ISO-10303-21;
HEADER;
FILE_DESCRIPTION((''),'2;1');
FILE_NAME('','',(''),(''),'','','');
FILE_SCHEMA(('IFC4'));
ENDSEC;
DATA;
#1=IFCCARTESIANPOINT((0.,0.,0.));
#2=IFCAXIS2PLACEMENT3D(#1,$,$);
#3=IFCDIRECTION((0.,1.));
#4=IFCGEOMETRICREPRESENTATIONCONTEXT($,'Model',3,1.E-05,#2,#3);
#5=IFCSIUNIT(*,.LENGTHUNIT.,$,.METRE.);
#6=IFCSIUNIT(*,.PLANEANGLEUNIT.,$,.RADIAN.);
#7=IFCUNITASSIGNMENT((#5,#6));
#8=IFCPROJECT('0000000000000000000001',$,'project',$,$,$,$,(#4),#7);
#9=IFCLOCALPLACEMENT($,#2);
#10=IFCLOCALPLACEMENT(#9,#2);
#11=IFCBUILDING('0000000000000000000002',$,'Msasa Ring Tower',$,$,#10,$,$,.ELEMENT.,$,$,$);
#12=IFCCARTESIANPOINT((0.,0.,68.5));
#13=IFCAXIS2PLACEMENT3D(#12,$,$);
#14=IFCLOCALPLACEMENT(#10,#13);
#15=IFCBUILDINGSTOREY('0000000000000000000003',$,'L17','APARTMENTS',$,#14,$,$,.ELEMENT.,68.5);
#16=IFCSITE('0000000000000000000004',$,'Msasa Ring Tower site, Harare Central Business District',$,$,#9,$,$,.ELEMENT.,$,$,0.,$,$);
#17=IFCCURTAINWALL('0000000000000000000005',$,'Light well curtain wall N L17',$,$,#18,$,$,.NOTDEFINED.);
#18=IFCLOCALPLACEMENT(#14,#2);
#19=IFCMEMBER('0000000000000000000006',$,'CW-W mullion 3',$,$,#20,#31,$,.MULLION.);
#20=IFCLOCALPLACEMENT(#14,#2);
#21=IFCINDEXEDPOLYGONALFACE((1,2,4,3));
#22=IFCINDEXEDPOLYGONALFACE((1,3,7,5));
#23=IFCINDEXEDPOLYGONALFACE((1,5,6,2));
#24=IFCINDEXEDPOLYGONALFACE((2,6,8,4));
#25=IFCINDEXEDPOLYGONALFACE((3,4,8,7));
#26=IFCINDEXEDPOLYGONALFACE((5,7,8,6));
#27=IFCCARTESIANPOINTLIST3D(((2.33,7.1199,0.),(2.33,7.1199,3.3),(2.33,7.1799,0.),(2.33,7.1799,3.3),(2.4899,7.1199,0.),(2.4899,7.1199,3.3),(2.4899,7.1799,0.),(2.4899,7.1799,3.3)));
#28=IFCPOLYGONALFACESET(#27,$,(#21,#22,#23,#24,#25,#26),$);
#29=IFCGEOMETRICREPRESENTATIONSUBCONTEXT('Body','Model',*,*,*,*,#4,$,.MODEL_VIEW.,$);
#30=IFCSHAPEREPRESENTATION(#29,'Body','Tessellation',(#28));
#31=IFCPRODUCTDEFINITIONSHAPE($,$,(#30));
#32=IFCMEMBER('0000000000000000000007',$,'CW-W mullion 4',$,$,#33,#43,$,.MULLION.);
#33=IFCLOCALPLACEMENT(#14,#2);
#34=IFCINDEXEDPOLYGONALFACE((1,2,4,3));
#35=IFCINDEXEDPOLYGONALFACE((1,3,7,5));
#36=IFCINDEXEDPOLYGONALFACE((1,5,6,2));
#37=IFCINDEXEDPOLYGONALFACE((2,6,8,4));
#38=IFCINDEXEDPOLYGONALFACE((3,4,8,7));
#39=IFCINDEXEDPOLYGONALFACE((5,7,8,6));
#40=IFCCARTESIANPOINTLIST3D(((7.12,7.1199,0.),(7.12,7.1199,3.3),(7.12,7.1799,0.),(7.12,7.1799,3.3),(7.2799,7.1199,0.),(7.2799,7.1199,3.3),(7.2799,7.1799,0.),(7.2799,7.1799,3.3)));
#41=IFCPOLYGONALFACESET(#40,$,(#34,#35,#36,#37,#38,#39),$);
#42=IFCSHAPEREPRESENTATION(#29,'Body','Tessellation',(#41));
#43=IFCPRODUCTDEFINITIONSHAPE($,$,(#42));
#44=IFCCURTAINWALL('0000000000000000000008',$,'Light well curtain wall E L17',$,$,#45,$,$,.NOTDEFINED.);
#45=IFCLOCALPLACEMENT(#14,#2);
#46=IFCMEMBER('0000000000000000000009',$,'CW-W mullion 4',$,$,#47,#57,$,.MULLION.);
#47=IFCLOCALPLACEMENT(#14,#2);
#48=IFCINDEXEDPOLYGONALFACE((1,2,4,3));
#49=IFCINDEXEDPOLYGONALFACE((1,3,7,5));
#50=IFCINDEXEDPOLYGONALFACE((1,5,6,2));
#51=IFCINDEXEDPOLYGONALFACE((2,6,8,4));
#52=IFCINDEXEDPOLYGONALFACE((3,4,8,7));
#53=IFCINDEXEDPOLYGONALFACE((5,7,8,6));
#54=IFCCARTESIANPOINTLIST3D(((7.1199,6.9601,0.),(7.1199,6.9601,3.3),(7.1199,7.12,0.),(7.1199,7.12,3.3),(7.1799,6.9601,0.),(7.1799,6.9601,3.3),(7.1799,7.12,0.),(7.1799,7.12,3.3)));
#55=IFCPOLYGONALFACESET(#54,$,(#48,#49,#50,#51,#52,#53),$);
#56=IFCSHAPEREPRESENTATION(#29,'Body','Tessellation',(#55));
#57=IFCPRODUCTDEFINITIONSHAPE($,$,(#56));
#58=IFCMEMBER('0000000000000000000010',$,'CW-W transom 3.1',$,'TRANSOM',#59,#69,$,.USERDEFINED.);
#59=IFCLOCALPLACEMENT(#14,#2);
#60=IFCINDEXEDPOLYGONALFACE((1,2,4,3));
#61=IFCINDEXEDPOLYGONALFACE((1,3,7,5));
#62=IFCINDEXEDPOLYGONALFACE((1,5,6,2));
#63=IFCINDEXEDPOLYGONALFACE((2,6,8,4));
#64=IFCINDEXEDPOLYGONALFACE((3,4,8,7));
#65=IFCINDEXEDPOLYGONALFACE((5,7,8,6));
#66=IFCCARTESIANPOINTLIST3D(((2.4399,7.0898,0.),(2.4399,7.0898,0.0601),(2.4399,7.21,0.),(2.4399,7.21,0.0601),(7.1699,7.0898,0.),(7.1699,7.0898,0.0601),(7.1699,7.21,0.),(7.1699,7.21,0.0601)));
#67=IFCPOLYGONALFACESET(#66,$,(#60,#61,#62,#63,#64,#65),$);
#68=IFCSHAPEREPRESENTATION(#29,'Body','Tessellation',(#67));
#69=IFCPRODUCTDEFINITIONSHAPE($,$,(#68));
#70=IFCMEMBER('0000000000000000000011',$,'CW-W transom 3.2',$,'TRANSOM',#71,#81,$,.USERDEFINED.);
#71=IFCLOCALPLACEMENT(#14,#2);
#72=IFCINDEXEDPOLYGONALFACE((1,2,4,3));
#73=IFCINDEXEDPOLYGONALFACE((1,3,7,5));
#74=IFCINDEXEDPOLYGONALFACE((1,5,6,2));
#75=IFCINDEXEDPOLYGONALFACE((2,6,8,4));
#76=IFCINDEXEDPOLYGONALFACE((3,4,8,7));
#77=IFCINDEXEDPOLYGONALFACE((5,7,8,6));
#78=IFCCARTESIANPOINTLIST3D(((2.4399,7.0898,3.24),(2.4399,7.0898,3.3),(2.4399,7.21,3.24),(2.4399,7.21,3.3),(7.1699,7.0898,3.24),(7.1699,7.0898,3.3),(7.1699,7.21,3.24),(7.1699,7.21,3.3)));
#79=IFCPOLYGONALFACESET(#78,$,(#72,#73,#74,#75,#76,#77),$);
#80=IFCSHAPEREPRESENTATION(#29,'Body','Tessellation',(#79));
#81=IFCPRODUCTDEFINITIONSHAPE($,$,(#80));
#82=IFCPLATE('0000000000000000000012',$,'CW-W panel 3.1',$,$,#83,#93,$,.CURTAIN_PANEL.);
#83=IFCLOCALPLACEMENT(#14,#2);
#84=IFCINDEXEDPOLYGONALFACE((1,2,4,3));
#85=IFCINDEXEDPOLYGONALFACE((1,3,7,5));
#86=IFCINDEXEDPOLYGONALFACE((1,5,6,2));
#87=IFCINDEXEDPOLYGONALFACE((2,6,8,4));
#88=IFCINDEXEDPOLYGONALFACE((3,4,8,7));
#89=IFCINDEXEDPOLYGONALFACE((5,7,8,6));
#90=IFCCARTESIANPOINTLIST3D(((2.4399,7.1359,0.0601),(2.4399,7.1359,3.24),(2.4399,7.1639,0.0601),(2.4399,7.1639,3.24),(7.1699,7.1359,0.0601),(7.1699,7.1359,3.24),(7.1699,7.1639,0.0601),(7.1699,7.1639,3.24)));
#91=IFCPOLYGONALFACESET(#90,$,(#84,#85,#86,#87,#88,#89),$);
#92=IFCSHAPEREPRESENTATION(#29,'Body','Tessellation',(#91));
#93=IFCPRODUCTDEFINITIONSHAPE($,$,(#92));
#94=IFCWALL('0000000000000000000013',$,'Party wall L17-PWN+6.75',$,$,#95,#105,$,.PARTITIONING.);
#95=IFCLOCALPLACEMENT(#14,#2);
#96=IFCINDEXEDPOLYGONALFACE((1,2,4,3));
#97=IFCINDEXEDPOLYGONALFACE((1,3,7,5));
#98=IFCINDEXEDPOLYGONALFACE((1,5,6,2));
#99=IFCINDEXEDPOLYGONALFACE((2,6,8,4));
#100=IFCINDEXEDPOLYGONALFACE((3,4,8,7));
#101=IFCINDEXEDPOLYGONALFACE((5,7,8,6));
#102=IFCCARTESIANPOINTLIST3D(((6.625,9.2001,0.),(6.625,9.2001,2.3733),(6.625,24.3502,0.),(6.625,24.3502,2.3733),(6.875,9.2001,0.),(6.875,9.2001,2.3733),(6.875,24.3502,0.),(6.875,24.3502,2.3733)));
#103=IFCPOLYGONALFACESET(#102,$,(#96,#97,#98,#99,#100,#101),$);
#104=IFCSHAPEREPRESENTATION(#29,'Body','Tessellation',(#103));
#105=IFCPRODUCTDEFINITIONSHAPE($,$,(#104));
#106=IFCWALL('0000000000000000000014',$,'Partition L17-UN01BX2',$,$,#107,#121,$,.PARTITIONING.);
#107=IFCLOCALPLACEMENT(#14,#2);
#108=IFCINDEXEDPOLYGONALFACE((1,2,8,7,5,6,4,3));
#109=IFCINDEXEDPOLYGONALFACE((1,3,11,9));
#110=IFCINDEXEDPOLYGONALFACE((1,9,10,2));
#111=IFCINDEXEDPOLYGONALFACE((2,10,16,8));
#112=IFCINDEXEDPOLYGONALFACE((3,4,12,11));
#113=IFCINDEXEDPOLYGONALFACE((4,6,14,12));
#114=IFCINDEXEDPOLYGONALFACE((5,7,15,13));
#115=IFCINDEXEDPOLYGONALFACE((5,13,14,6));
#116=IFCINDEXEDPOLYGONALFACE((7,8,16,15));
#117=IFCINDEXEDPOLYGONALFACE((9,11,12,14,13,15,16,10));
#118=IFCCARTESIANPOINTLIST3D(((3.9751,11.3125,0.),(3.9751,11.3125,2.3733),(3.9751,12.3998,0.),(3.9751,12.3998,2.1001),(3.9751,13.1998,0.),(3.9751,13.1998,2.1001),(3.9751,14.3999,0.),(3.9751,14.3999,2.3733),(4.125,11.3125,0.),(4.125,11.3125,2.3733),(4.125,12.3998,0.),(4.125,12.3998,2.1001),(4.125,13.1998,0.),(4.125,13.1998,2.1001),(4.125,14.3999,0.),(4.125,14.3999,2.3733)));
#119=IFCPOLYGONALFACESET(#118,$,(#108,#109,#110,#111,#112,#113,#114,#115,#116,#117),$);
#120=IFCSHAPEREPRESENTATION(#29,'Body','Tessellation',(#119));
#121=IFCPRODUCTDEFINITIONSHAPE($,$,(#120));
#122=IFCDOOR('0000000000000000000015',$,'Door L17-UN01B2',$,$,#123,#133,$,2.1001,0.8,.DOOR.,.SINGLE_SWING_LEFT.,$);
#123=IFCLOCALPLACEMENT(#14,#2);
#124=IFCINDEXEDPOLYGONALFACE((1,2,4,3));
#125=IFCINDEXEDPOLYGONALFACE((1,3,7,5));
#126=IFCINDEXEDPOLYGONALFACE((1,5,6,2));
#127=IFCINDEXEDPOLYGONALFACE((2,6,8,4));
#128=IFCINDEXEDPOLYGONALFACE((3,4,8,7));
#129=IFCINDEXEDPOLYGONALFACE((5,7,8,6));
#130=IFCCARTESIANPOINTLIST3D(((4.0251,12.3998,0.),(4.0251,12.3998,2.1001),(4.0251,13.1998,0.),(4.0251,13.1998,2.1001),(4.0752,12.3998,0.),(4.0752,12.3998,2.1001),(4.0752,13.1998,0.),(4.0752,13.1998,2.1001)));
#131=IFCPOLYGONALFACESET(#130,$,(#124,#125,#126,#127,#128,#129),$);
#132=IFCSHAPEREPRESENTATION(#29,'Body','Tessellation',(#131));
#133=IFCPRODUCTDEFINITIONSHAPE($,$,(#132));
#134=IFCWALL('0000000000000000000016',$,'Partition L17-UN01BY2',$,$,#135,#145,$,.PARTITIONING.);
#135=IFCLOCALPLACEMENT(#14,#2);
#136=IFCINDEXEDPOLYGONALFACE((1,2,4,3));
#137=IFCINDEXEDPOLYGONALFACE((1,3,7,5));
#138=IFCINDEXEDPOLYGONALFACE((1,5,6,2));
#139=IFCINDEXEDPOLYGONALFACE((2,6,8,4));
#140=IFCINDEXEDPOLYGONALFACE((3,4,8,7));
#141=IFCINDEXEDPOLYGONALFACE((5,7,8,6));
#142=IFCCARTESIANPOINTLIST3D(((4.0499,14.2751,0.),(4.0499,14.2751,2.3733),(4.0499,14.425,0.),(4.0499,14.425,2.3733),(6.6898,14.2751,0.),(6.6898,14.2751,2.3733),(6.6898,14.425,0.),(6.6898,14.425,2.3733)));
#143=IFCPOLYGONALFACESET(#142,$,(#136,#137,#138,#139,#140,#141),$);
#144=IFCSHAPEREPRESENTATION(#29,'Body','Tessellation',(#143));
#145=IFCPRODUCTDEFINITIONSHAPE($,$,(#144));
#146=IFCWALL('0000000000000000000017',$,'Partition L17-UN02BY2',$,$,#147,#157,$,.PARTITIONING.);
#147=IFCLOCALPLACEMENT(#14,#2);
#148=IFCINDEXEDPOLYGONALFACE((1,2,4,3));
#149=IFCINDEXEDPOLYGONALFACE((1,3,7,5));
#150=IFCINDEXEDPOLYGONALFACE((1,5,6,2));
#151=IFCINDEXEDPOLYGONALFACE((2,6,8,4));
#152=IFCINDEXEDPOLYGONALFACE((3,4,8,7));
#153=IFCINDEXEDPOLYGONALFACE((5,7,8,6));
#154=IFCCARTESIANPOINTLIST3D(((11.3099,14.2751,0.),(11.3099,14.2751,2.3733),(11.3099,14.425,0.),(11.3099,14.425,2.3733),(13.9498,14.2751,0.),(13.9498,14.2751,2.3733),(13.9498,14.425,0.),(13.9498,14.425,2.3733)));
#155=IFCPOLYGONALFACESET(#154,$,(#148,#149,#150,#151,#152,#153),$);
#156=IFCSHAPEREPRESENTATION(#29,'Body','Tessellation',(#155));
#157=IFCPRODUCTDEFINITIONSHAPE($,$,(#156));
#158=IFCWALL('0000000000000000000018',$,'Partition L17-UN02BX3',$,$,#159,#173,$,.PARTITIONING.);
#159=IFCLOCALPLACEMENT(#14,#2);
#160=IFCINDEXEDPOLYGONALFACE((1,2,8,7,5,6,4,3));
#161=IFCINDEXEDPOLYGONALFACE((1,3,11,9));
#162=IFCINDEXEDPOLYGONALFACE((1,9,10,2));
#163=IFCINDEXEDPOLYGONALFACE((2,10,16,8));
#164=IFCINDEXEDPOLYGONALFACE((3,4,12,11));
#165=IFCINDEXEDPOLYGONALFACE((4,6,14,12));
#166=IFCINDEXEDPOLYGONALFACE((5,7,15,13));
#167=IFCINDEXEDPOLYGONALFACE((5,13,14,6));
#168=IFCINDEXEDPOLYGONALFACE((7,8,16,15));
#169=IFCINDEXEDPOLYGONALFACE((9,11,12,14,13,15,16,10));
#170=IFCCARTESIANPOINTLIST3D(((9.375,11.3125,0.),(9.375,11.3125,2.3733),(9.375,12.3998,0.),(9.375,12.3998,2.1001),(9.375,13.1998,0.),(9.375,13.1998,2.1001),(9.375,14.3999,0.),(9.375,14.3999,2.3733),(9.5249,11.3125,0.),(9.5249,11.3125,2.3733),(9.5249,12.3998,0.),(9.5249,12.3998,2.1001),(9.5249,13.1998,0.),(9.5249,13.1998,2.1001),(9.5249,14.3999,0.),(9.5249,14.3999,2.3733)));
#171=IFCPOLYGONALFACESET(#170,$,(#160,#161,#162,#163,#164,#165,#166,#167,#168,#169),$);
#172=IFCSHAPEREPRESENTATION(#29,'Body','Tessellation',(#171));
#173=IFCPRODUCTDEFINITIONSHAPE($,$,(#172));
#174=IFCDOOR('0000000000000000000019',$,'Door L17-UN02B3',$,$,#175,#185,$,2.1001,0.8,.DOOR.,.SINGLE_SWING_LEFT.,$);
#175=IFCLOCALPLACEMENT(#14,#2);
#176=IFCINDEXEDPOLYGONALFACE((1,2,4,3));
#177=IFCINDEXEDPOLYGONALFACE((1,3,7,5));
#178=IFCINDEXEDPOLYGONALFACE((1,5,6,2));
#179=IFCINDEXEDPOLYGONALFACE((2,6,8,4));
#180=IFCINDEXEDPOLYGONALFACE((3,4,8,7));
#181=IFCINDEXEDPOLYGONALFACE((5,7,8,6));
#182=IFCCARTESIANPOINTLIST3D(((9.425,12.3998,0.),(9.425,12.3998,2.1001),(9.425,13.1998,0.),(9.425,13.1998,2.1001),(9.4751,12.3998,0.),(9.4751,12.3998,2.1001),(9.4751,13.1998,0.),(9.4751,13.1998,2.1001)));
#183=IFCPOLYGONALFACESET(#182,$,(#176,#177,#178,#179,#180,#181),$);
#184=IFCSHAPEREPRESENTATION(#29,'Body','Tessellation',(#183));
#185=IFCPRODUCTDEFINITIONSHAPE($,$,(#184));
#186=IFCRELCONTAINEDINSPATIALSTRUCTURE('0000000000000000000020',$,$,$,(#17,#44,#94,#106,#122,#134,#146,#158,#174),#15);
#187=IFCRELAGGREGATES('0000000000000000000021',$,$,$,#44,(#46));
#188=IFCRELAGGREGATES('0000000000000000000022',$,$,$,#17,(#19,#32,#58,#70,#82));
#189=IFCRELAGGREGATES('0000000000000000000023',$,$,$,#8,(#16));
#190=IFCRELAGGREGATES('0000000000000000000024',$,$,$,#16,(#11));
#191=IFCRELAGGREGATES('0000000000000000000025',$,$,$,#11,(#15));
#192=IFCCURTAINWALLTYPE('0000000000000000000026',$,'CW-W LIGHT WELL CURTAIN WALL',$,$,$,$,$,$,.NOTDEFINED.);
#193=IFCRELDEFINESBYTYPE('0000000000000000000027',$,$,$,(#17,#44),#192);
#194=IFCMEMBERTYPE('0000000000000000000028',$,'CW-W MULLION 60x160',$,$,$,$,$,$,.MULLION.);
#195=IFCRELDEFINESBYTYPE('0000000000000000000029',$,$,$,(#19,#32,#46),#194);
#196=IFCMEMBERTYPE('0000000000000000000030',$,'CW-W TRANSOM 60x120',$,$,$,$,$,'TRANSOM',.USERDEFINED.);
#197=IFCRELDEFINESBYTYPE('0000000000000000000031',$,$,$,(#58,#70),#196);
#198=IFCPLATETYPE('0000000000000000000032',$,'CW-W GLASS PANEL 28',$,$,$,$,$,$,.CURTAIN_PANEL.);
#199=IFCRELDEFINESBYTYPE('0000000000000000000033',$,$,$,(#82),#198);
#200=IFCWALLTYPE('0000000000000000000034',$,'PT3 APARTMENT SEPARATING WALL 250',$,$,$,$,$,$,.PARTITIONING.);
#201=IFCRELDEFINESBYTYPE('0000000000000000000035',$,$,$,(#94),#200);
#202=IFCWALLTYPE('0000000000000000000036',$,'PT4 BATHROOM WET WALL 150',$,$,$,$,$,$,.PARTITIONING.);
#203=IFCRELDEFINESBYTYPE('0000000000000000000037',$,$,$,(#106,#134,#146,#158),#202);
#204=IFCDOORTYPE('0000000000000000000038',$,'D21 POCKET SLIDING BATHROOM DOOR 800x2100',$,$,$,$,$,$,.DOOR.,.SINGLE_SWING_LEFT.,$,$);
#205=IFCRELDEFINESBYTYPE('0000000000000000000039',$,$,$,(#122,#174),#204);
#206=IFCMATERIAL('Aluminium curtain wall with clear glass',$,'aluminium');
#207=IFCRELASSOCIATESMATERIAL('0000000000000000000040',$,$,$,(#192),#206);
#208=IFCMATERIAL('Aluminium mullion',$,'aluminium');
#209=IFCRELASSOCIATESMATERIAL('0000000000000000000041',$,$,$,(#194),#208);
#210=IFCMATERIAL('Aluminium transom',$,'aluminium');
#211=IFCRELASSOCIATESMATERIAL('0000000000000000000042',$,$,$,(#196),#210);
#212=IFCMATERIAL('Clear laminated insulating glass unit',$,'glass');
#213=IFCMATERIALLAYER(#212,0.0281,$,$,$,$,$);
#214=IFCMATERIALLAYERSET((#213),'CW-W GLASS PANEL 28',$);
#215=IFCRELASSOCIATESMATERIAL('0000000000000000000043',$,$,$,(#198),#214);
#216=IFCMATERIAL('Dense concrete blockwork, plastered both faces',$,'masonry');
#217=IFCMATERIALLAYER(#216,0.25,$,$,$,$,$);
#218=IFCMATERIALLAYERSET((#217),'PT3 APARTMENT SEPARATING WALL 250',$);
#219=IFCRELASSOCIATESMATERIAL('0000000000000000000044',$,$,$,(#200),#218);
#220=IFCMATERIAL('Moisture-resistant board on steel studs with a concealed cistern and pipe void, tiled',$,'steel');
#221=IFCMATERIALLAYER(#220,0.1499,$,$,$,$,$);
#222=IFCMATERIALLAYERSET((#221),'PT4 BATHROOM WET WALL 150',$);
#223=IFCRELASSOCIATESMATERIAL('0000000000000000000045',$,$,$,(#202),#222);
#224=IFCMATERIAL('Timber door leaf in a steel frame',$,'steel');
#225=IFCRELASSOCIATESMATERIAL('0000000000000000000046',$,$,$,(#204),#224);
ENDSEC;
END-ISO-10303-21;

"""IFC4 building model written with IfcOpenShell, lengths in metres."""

from ifc_helpers import new_model, si_unit, direction, frame, frame_2d, origin, origin_2d, place, context, subcontext, project, spatial, rectangle, extrude, material, layer, layer_set, material_profile, profile_set, type_object, element, fill, aggregate, save


model = new_model("IFC4")

# Units and contexts
model_context = context("Model", 3, precision=1e-05, world=origin(), true_north=direction((0.0, 1.0)))
body_context = subcontext(model_context, "Body", "Model", "MODEL_VIEW")
ifc_project = project(units=[si_unit("LENGTHUNIT", "METRE"), si_unit("PLANEANGLEUNIT", "RADIAN")], contexts=[model_context])

# Site, building, storey
site_placement = place(None, origin())
site = spatial("IfcSite", under=ifc_project, at=site_placement, Name="Msasa Ring Tower site, Harare Central Business District", CompositionType="ELEMENT", RefElevation=0.0)
building_placement = place(site_placement, origin())
building = spatial("IfcBuilding", under=site, at=building_placement, Name="Msasa Ring Tower", CompositionType="ELEMENT")
storey_placement = place(building_placement, frame((0.0, 0.0, 68.5)))
storey = spatial("IfcBuildingStorey", under=building, at=storey_placement, Name="L17", Description="APARTMENTS", CompositionType="ELEMENT", Elevation=68.5)

# Curtain wall, members
ifc_material_1 = material(Name="Aluminium curtain wall with clear glass", Category="aluminium")
curtain_wall_type = type_object("IfcCurtainWallType", Name="CW-W LIGHT WELL CURTAIN WALL", PredefinedType="NOTDEFINED", material=ifc_material_1)
curtain_wall_1_placement = place(storey_placement, origin())
curtain_wall_1 = element("IfcCurtainWall", 1, at=curtain_wall_1_placement, inside=storey, type_object=curtain_wall_type, Name="Light well curtain wall N L17", PredefinedType="NOTDEFINED")
ifc_material_2 = material(Name="Aluminium mullion", Category="aluminium")
ifc_material_profile_1 = material_profile(ifc_material_2, rectangle(XDim=0.0601, YDim=0.1599, at=origin_2d()), Name="AL 60x160")
ifc_profile_set_1 = profile_set([ifc_material_profile_1], Name="Aluminium mullion")
member_type_1 = type_object("IfcMemberType", Name="CW-W MULLION 60x160", PredefinedType="MULLION", material=ifc_profile_set_1)
member_1_placement = place(storey_placement, frame((2.4099, 7.1499, 0.0), z_axis=(0.0, 0.0, 1.0), x_axis=(0.0, 1.0, 0.0)))
member_1 = element("IfcMember", 2, at=member_1_placement, type_object=member_type_1, Name="CW-W mullion 3", PredefinedType="MULLION", context=body_context, shape_type="SweptSolid", body=[
    extrude(rectangle(XDim=0.0601, YDim=0.1599, at=origin_2d()), origin(), (0.0, 0.0, 1.0), 3.3),
])
member_2_placement = place(storey_placement, frame((7.2, 7.1499, 0.0), z_axis=(0.0, 0.0, 1.0), x_axis=(0.0, 1.0, 0.0)))
member_2 = element("IfcMember", 3, at=member_2_placement, type_object=member_type_1, Name="CW-W mullion 4", PredefinedType="MULLION", context=body_context, shape_type="SweptSolid", body=[
    extrude(rectangle(XDim=0.0601, YDim=0.1599, at=origin_2d()), origin(), (0.0, 0.0, 1.0), 3.3),
])

# Curtain wall, member
curtain_wall_2_placement = place(storey_placement, origin())
curtain_wall_2 = element("IfcCurtainWall", 4, at=curtain_wall_2_placement, inside=storey, type_object=curtain_wall_type, Name="Light well curtain wall E L17", PredefinedType="NOTDEFINED")
member_3_placement = place(storey_placement, frame((7.1499, 7.04, 0.0), z_axis=(0.0, 0.0, 1.0), x_axis=(-1.0, 0.0, 0.0)))
member_3 = element("IfcMember", 5, at=member_3_placement, type_object=member_type_1, Name="CW-W mullion 4", PredefinedType="MULLION", context=body_context, shape_type="SweptSolid", body=[
    extrude(rectangle(XDim=0.0601, YDim=0.1599, at=origin_2d()), origin(), (0.0, 0.0, 1.0), 3.3),
])
aggregate(curtain_wall_2, [member_3])

# Members
ifc_material_3 = material(Name="Aluminium transom", Category="aluminium")
ifc_material_profile_2 = material_profile(ifc_material_3, rectangle(XDim=0.1201, YDim=0.0601, at=origin_2d()), Name="AL 60x120")
ifc_profile_set_2 = profile_set([ifc_material_profile_2], Name="Aluminium transom")
member_type_2 = type_object("IfcMemberType", Name="CW-W TRANSOM 60x120", ElementType="TRANSOM", PredefinedType="USERDEFINED", material=ifc_profile_set_2)
member_4_placement = place(storey_placement, frame((2.4399, 7.1499, 0.03), z_axis=(1.0, 0.0, 0.0), x_axis=(0.0, 1.0, 0.0)))
member_4 = element("IfcMember", 6, at=member_4_placement, type_object=member_type_2, Name="CW-W transom 3.1", ObjectType="TRANSOM", PredefinedType="USERDEFINED", context=body_context, shape_type="SweptSolid", body=[
    extrude(rectangle(XDim=0.1201, YDim=0.0601, at=origin_2d()), origin(), (0.0, 0.0, 1.0), 4.73),
])
member_5_placement = place(storey_placement, frame((2.4399, 7.1499, 3.27), z_axis=(1.0, 0.0, 0.0), x_axis=(0.0, 1.0, 0.0)))
member_5 = element("IfcMember", 7, at=member_5_placement, type_object=member_type_2, Name="CW-W transom 3.2", ObjectType="TRANSOM", PredefinedType="USERDEFINED", context=body_context, shape_type="SweptSolid", body=[
    extrude(rectangle(XDim=0.1201, YDim=0.0601, at=origin_2d()), origin(), (0.0, 0.0, 1.0), 4.73),
])

# Plate
ifc_material_4 = material(Name="Clear laminated insulating glass unit", Category="glass")
ifc_layer_1 = layer(ifc_material_4, 0.0281)
ifc_layer_set_1 = layer_set([ifc_layer_1], Name="CW-W GLASS PANEL 28")
plate_type = type_object("IfcPlateType", Name="CW-W GLASS PANEL 28", PredefinedType="CURTAIN_PANEL", material=ifc_layer_set_1)
plate_placement = place(storey_placement, frame((4.8049, 7.1499, 0.0601), z_axis=(0.0, 0.0, 1.0), x_axis=(1.0, 0.0, 0.0)))
plate = element("IfcPlate", 8, at=plate_placement, type_object=plate_type, Name="CW-W panel 3.1", PredefinedType="CURTAIN_PANEL", context=body_context, shape_type="SweptSolid", body=[
    extrude(rectangle(XDim=4.73, YDim=0.0281, at=origin_2d()), origin(), (0.0, 0.0, 1.0), 3.1799),
])
aggregate(curtain_wall_1, [member_1, member_2, member_4, member_5, plate])

# Wall
ifc_material_5 = material(Name="Dense concrete blockwork, plastered both faces", Category="masonry")
ifc_layer_2 = layer(ifc_material_5, 0.25)
ifc_layer_set_2 = layer_set([ifc_layer_2], Name="PT3 APARTMENT SEPARATING WALL 250")
wall_type_1 = type_object("IfcWallType", Name="PT3 APARTMENT SEPARATING WALL 250", PredefinedType="PARTITIONING", material=ifc_layer_set_2)
wall_1_placement = place(storey_placement, frame((6.75, 9.2, 0.0), z_axis=(0.0, 0.0, 1.0), x_axis=(0.0, 1.0, 0.0)))
element("IfcWall", 9, at=wall_1_placement, inside=storey, type_object=wall_type_1, Name="Party wall L17-PWN+6.75", PredefinedType="PARTITIONING", context=body_context, shape_type="SweptSolid", body=[
    extrude(rectangle(XDim=15.1501, YDim=0.25, at=frame_2d((7.5752, 0.0))), origin(), (0.0, 0.0, 1.0), 2.3733),
])

# Wall, opening, door
ifc_material_6 = material(Name="Moisture-resistant board on steel studs with a concealed cistern and pipe void, tiled", Category="steel")
ifc_layer_3 = layer(ifc_material_6, 0.1499)
ifc_layer_set_3 = layer_set([ifc_layer_3], Name="PT4 BATHROOM WET WALL 150")
wall_type_2 = type_object("IfcWallType", Name="PT4 BATHROOM WET WALL 150", PredefinedType="PARTITIONING", material=ifc_layer_set_3)
wall_2_placement = place(storey_placement, frame((4.05, 11.3125, 0.0), z_axis=(0.0, 0.0, 1.0), x_axis=(0.0, 1.0, 0.0)))
wall_2 = element("IfcWall", 10, at=wall_2_placement, inside=storey, type_object=wall_type_2, Name="Partition L17-UN01BX2", PredefinedType="PARTITIONING", context=body_context, shape_type="SweptSolid", body=[
    extrude(rectangle(XDim=3.0874, YDim=0.1499, at=frame_2d((1.5437, 0.0))), origin(), (0.0, 0.0, 1.0), 2.3733),
])
opening_1_placement = place(wall_2_placement, frame((1.0874, 0.0, 0.0)))
opening_1 = element("IfcOpeningElement", 11, at=opening_1_placement, cuts=wall_2, PredefinedType="OPENING", context=body_context, shape_type="SweptSolid", body=[
    extrude(rectangle(XDim=0.8, YDim=2.1001, at=frame_2d((0.3999, 1.05))), frame((0.0, 0.085, 0.0), z_axis=(0.0, -1.0, 0.0), x_axis=(1.0, 0.0, 0.0)), (0.0, 0.0, 1.0), 0.1699),
])
ifc_material_7 = material(Name="Timber door leaf in a steel frame", Category="steel")
door_type_1 = type_object("IfcDoorType", Name="D21 POCKET SLIDING BATHROOM DOOR 800x2100", OperationType="SINGLE_SWING_LEFT", PredefinedType="DOOR", material=ifc_material_7)
door_1_placement = place(opening_1_placement, origin())
door_1 = element("IfcDoor", 12, at=door_1_placement, inside=storey, type_object=door_type_1, Name="Door L17-UN01B2", OperationType="SINGLE_SWING_LEFT", OverallHeight=2.1001, OverallWidth=0.8, PredefinedType="DOOR", context=body_context, shape_type="SweptSolid", body=[
    extrude(rectangle(XDim=0.8, YDim=2.1001, at=frame_2d((0.3999, 1.05))), frame((0.0, 0.0249, 0.0), z_axis=(0.0, -1.0, 0.0), x_axis=(1.0, 0.0, 0.0)), (0.0, 0.0, 1.0), 0.05),
])
fill(opening_1, door_1)

# Walls
for number, where, z_axis, x_axis, name in (
    (13, (4.05, 14.3501, 0.0), (0.0, 0.0, 1.0), (1.0, 0.0, 0.0), "Partition L17-UN01BY2"),
    (14, (11.3101, 14.3501, 0.0), (0.0, 0.0, 1.0), (1.0, 0.0, 0.0), "Partition L17-UN02BY2"),
):
    element("IfcWall", number, at=place(storey_placement, frame(where, z_axis=z_axis, x_axis=x_axis)), inside=storey, type_object=wall_type_2, Name=name, PredefinedType="PARTITIONING", context=body_context, shape_type="SweptSolid", body=[
        extrude(rectangle(XDim=2.6399, YDim=0.1499, at=frame_2d((1.3198, 0.0))), origin(), (0.0, 0.0, 1.0), 2.3733),
    ])

# Wall, opening, door
wall_3_placement = place(storey_placement, frame((9.45, 11.3125, 0.0), z_axis=(0.0, 0.0, 1.0), x_axis=(0.0, 1.0, 0.0)))
wall_3 = element("IfcWall", 15, at=wall_3_placement, inside=storey, type_object=wall_type_2, Name="Partition L17-UN02BX3", PredefinedType="PARTITIONING", context=body_context, shape_type="SweptSolid", body=[
    extrude(rectangle(XDim=3.0874, YDim=0.1499, at=frame_2d((1.5437, 0.0))), origin(), (0.0, 0.0, 1.0), 2.3733),
])
opening_2_placement = place(wall_3_placement, frame((1.0874, 0.0, 0.0)))
opening_2 = element("IfcOpeningElement", 16, at=opening_2_placement, cuts=wall_3, PredefinedType="OPENING", context=body_context, shape_type="SweptSolid", body=[
    extrude(rectangle(XDim=0.8, YDim=2.1001, at=frame_2d((0.3999, 1.05))), frame((0.0, 0.085, 0.0), z_axis=(0.0, -1.0, 0.0), x_axis=(1.0, 0.0, 0.0)), (0.0, 0.0, 1.0), 0.1699),
])
door_2_placement = place(opening_2_placement, origin())
door_2 = element("IfcDoor", 17, at=door_2_placement, inside=storey, type_object=door_type_1, Name="Door L17-UN02B3", OperationType="SINGLE_SWING_LEFT", OverallHeight=2.1001, OverallWidth=0.8, PredefinedType="DOOR", context=body_context, shape_type="SweptSolid", body=[
    extrude(rectangle(XDim=0.8, YDim=2.1001, at=frame_2d((0.3999, 1.05))), frame((0.0, 0.0249, 0.0), z_axis=(0.0, -1.0, 0.0), x_axis=(1.0, 0.0, 0.0)), (0.0, 0.0, 1.0), 0.05),
])
fill(opening_2, door_2)

save(model, "model.ifc")
